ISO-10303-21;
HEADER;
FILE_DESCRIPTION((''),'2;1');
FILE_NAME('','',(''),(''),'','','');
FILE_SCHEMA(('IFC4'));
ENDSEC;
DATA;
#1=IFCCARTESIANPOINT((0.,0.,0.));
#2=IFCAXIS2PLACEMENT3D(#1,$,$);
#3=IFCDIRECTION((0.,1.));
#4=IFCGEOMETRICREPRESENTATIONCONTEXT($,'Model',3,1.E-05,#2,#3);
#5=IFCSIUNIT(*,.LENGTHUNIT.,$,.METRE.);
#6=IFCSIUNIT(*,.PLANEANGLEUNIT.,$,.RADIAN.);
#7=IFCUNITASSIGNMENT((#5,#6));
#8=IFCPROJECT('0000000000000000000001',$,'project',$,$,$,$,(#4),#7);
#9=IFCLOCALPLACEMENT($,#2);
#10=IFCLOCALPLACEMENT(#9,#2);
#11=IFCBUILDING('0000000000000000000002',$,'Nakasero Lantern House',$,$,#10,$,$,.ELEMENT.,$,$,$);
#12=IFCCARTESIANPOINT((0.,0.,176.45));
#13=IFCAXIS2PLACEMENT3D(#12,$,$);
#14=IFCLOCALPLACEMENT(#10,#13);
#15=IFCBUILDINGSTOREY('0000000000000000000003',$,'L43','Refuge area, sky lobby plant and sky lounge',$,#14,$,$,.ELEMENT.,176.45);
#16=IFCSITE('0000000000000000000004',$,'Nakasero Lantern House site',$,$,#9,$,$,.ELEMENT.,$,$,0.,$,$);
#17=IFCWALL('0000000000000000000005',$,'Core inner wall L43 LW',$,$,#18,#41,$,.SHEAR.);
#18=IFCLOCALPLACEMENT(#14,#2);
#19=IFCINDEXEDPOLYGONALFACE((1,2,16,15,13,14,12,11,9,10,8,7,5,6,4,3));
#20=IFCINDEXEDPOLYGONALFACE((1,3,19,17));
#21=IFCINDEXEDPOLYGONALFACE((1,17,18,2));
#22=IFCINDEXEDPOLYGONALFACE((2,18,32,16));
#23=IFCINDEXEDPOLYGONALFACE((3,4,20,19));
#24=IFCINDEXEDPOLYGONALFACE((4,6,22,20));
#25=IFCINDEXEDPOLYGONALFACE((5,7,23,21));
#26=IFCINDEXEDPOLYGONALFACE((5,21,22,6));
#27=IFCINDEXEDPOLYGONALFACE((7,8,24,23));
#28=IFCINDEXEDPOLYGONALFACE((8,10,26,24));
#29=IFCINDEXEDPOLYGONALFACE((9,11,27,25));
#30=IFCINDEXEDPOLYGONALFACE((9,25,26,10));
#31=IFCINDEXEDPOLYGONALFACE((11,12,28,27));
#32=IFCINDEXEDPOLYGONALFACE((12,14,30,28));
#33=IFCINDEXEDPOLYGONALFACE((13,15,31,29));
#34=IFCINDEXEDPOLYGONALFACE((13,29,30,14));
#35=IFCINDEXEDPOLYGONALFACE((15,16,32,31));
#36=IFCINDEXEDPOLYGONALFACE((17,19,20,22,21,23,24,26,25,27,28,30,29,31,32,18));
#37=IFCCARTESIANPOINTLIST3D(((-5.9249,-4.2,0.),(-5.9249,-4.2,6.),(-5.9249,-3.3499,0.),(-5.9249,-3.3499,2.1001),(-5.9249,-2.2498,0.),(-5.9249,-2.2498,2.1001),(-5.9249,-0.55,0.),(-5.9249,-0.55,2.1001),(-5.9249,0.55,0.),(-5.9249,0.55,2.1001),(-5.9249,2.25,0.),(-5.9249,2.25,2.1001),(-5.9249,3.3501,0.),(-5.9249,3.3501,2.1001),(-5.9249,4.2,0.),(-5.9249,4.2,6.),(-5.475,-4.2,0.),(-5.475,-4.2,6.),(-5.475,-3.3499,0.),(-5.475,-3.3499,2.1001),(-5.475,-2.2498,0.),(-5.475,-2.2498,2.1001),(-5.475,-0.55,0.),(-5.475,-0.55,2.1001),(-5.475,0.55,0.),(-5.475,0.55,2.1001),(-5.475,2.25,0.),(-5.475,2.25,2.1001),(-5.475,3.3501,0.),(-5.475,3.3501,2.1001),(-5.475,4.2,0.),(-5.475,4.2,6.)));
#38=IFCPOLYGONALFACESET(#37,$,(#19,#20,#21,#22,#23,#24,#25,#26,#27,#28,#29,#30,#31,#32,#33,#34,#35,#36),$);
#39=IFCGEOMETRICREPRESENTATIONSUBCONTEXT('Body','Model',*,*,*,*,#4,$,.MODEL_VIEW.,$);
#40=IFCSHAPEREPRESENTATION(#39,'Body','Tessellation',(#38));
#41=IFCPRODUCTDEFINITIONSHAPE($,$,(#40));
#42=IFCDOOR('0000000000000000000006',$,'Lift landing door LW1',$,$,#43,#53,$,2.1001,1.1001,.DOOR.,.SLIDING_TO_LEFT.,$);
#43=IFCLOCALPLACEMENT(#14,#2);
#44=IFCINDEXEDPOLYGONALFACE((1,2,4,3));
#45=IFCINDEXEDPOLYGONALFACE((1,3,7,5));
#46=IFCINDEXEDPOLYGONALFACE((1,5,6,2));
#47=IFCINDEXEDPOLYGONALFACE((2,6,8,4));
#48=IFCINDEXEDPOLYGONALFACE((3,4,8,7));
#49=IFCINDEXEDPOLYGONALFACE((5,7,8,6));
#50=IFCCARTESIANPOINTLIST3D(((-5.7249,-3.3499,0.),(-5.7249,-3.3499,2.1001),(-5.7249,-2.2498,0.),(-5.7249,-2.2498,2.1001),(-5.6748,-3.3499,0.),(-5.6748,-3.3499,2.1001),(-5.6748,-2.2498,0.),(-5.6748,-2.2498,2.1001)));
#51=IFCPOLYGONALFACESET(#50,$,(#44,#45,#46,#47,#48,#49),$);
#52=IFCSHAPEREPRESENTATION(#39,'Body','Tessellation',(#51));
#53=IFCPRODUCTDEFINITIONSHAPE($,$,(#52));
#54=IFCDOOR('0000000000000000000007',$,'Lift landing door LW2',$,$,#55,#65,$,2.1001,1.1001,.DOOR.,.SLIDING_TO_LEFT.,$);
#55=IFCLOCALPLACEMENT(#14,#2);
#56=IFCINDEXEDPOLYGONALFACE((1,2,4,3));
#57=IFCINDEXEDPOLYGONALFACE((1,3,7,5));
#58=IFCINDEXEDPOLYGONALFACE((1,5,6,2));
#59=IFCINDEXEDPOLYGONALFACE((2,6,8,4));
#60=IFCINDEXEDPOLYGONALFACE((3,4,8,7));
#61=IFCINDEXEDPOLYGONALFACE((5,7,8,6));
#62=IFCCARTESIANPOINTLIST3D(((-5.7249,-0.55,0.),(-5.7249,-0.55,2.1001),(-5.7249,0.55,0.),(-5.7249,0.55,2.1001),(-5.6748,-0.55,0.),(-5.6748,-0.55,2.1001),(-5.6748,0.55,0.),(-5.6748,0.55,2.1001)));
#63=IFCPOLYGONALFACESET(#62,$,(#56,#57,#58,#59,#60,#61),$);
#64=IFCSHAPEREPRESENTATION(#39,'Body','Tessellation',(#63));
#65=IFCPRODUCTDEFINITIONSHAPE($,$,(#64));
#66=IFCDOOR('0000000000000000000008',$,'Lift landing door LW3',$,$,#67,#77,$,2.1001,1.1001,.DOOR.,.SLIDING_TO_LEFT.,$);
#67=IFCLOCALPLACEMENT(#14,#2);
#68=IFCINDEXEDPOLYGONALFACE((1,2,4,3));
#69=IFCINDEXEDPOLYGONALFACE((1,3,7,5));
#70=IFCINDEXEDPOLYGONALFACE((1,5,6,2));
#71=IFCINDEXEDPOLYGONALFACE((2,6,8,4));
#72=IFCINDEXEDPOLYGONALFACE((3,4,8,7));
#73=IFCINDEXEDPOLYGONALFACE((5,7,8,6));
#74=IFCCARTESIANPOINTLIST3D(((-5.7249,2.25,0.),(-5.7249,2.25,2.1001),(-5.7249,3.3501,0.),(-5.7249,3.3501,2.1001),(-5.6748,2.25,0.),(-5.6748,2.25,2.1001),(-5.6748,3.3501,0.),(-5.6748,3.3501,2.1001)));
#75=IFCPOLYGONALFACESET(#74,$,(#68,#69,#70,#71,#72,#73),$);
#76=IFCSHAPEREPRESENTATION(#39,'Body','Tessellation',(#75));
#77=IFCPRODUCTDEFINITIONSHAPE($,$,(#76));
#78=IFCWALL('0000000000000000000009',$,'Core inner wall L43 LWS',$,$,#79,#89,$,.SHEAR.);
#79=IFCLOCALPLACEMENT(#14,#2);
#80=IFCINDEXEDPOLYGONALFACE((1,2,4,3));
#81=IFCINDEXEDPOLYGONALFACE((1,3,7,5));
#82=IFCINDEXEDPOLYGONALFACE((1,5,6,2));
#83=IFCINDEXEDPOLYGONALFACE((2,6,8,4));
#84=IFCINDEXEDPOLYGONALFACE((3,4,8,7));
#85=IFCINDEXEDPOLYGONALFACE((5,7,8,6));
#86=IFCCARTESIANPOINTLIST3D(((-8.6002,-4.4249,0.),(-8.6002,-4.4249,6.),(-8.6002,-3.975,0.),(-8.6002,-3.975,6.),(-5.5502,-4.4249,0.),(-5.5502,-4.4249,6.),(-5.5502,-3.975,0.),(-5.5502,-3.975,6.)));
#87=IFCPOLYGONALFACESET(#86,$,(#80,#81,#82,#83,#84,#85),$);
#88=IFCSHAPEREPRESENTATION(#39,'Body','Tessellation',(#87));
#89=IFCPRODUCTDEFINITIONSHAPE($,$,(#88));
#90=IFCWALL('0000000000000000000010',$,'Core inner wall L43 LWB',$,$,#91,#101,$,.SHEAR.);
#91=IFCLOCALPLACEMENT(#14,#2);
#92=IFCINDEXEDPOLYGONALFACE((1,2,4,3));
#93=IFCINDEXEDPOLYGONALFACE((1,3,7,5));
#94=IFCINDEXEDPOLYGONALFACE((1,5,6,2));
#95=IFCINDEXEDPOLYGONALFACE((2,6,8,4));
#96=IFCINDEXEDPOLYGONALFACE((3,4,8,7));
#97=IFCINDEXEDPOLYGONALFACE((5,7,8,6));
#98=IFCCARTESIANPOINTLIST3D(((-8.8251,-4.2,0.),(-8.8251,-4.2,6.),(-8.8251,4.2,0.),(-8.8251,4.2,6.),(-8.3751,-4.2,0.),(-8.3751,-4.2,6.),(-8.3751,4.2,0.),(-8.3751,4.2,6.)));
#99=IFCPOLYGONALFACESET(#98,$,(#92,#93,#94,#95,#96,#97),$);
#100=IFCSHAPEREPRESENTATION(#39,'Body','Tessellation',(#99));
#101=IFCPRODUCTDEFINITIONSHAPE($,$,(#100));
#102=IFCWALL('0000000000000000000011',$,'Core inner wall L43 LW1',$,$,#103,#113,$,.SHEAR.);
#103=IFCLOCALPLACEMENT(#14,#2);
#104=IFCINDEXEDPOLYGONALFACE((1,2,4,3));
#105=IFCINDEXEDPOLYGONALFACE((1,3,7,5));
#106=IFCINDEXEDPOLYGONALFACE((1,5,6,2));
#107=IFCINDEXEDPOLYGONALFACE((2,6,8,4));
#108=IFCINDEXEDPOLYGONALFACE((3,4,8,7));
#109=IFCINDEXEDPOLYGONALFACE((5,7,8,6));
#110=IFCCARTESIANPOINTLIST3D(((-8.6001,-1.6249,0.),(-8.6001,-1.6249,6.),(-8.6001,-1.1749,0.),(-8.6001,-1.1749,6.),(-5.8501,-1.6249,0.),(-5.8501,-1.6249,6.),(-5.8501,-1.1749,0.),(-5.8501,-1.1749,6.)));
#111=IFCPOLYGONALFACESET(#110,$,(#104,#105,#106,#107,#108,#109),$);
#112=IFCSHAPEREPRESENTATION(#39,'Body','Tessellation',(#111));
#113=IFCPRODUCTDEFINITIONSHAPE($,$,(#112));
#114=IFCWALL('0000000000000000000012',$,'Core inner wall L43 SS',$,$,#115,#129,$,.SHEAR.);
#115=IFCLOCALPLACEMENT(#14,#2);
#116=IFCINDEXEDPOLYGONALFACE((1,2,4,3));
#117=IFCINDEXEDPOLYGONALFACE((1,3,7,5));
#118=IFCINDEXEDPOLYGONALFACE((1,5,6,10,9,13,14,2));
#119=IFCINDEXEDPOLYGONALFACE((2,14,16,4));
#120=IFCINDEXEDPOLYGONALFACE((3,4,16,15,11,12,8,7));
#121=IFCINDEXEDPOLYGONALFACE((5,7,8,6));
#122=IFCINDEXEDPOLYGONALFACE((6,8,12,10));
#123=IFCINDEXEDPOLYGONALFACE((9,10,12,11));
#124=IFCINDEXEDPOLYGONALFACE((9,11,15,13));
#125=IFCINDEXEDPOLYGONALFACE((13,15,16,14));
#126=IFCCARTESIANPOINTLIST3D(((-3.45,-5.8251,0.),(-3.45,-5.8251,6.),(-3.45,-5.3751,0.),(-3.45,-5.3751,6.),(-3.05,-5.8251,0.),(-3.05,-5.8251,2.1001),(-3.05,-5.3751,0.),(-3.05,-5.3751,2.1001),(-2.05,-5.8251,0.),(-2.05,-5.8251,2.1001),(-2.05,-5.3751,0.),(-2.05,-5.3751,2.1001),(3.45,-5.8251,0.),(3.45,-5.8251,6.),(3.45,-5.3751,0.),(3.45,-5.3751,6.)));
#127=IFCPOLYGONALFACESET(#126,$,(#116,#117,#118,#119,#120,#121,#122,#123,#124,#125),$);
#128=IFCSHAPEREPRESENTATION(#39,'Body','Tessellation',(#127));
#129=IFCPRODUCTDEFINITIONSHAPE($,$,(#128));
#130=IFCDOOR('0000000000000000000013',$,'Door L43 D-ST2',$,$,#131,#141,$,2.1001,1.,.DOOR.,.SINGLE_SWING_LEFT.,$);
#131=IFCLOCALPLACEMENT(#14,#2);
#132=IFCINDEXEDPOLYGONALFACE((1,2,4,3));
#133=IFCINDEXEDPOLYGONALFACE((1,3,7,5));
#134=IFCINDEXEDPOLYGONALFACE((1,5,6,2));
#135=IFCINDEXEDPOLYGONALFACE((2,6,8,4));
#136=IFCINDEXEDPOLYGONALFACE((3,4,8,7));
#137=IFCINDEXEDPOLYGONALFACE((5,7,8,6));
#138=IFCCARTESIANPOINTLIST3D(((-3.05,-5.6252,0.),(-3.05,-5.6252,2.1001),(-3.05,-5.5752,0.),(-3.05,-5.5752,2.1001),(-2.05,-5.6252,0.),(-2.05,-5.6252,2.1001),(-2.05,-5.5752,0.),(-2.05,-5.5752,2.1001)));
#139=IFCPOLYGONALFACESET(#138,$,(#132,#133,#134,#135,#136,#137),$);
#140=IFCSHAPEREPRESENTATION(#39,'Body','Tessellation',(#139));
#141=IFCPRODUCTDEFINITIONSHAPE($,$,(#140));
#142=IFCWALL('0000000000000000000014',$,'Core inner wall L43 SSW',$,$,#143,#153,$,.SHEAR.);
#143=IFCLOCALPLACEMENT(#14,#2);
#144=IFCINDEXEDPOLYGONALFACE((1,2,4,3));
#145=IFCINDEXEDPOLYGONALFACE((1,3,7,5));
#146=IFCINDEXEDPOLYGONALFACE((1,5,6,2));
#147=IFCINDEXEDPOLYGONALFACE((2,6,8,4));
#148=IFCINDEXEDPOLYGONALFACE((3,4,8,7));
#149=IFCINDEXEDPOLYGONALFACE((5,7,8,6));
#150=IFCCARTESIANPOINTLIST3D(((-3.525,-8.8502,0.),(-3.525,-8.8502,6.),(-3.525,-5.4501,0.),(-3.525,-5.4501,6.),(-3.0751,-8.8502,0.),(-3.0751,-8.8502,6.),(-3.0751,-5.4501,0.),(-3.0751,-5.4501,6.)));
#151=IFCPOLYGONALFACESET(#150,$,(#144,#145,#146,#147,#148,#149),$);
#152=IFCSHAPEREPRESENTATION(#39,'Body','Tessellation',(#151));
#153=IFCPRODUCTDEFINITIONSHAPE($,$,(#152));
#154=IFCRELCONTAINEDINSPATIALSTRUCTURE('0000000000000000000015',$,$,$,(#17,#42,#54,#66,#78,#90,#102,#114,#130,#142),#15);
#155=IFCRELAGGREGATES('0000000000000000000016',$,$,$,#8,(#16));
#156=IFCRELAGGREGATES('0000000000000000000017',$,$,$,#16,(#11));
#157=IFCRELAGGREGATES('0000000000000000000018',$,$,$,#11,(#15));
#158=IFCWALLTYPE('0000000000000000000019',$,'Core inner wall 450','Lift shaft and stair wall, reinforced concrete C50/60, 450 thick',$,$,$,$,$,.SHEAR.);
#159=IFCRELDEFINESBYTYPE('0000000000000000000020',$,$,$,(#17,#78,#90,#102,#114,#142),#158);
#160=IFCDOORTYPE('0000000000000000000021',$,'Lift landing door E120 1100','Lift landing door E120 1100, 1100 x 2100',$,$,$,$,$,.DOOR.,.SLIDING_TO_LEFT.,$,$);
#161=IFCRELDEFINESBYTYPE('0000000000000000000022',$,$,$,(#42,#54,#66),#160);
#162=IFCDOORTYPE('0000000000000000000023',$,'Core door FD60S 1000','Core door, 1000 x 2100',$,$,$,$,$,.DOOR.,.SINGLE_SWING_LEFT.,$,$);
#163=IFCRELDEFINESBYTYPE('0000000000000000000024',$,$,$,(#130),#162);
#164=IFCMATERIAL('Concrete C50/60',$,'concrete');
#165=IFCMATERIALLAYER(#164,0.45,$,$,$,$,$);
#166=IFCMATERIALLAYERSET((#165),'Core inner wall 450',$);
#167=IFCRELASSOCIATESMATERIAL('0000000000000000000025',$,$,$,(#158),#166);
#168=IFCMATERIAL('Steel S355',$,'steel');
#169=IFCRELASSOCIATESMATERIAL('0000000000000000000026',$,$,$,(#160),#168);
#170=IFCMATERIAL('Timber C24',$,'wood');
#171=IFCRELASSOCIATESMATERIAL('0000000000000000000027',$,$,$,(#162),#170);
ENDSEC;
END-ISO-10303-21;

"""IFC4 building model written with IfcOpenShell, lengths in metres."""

from ifc_helpers import new_model, si_unit, direction, frame, frame_2d, origin, place, context, subcontext, project, spatial, rectangle, extrude, material, layer, layer_set, type_object, element, fill, save


model = new_model("IFC4")

# Units and contexts
model_context = context("Model", 3, precision=1e-05, world=origin(), true_north=direction((0.0, 1.0)))
body_context = subcontext(model_context, "Body", "Model", "MODEL_VIEW")
ifc_project = project(units=[si_unit("LENGTHUNIT", "METRE"), si_unit("PLANEANGLEUNIT", "RADIAN")], contexts=[model_context])

# Site, building, storey
site_placement = place(None, origin())
site = spatial("IfcSite", under=ifc_project, at=site_placement, Name="Nakasero Lantern House site", CompositionType="ELEMENT", RefElevation=0.0)
building_placement = place(site_placement, origin())
building = spatial("IfcBuilding", under=site, at=building_placement, Name="Nakasero Lantern House", CompositionType="ELEMENT")
storey_placement = place(building_placement, frame((0.0, 0.0, 176.45)))
storey = spatial("IfcBuildingStorey", under=building, at=storey_placement, Name="L43", Description="Refuge area, sky lobby plant and sky lounge", CompositionType="ELEMENT", Elevation=176.45)

# Wall, openings, doors
ifc_material_1 = material(Name="Concrete C50/60", Category="concrete")
ifc_layer_1 = layer(ifc_material_1, 0.45)
ifc_layer_set_1 = layer_set([ifc_layer_1], Name="Core inner wall 450")
wall_type_1 = type_object("IfcWallType", Name="Core inner wall 450", Description="Lift shaft and stair wall, reinforced concrete C50/60, 450 thick", PredefinedType="SHEAR", material=ifc_layer_set_1)
wall_1_placement = place(storey_placement, frame((-5.7, -4.2, 0.0), z_axis=(0.0, 0.0, 1.0), x_axis=(0.0, 1.0, 0.0)))
wall_1 = element("IfcWall", 1, at=wall_1_placement, inside=storey, type_object=wall_type_1, Name="Core inner wall L43 LW", PredefinedType="SHEAR", context=body_context, shape_type="SweptSolid", body=[
    extrude(rectangle(XDim=8.3999, YDim=0.45, at=frame_2d((4.2, 0.0))), origin(), (0.0, 0.0, 1.0), 6.0),
])
opening_1_placement = place(wall_1_placement, frame((0.8501, 0.0, 0.0)))
opening_1 = element("IfcOpeningElement", 2, at=opening_1_placement, cuts=wall_1, PredefinedType="OPENING", context=body_context, shape_type="SweptSolid", body=[
    extrude(rectangle(XDim=1.1001, YDim=2.1001, at=frame_2d((0.55, 1.05))), frame((0.0, 0.2449, 0.0), z_axis=(0.0, -1.0, 0.0), x_axis=(1.0, 0.0, 0.0)), (0.0, 0.0, 1.0), 0.49),
])
opening_2_placement = place(wall_1_placement, frame((3.6499, 0.0, 0.0)))
opening_2 = element("IfcOpeningElement", 3, at=opening_2_placement, cuts=wall_1, PredefinedType="OPENING", context=body_context, shape_type="SweptSolid", body=[
    extrude(rectangle(XDim=1.1001, YDim=2.1001, at=frame_2d((0.55, 1.05))), frame((0.0, 0.2449, 0.0), z_axis=(0.0, -1.0, 0.0), x_axis=(1.0, 0.0, 0.0)), (0.0, 0.0, 1.0), 0.49),
])
opening_3_placement = place(wall_1_placement, frame((6.45, 0.0, 0.0)))
opening_3 = element("IfcOpeningElement", 4, at=opening_3_placement, cuts=wall_1, PredefinedType="OPENING", context=body_context, shape_type="SweptSolid", body=[
    extrude(rectangle(XDim=1.1001, YDim=2.1001, at=frame_2d((0.55, 1.05))), frame((0.0, 0.2449, 0.0), z_axis=(0.0, -1.0, 0.0), x_axis=(1.0, 0.0, 0.0)), (0.0, 0.0, 1.0), 0.49),
])
ifc_material_2 = material(Name="Steel S355", Category="steel")
door_type_1 = type_object("IfcDoorType", Name="Lift landing door E120 1100", Description="Lift landing door E120 1100, 1100 x 2100", OperationType="SLIDING_TO_LEFT", PredefinedType="DOOR", material=ifc_material_2)
door_1_placement = place(opening_1_placement, origin())
door_1 = element("IfcDoor", 5, at=door_1_placement, inside=storey, type_object=door_type_1, Name="Lift landing door LW1", OperationType="SLIDING_TO_LEFT", OverallHeight=2.1001, OverallWidth=1.1001, PredefinedType="DOOR", context=body_context, shape_type="SweptSolid", body=[
    extrude(rectangle(XDim=1.1001, YDim=2.1001, at=frame_2d((0.55, 1.05))), frame((0.0, 0.0249, 0.0), z_axis=(0.0, -1.0, 0.0), x_axis=(1.0, 0.0, 0.0)), (0.0, 0.0, 1.0), 0.05),
])
fill(opening_1, door_1)
door_2_placement = place(opening_2_placement, origin())
door_2 = element("IfcDoor", 6, at=door_2_placement, inside=storey, type_object=door_type_1, Name="Lift landing door LW2", OperationType="SLIDING_TO_LEFT", OverallHeight=2.1001, OverallWidth=1.1001, PredefinedType="DOOR", context=body_context, shape_type="SweptSolid", body=[
    extrude(rectangle(XDim=1.1001, YDim=2.1001, at=frame_2d((0.55, 1.05))), frame((0.0, 0.0249, 0.0), z_axis=(0.0, -1.0, 0.0), x_axis=(1.0, 0.0, 0.0)), (0.0, 0.0, 1.0), 0.05),
])
fill(opening_2, door_2)
door_3_placement = place(opening_3_placement, origin())
door_3 = element("IfcDoor", 7, at=door_3_placement, inside=storey, type_object=door_type_1, Name="Lift landing door LW3", OperationType="SLIDING_TO_LEFT", OverallHeight=2.1001, OverallWidth=1.1001, PredefinedType="DOOR", context=body_context, shape_type="SweptSolid", body=[
    extrude(rectangle(XDim=1.1001, YDim=2.1001, at=frame_2d((0.55, 1.05))), frame((0.0, 0.0249, 0.0), z_axis=(0.0, -1.0, 0.0), x_axis=(1.0, 0.0, 0.0)), (0.0, 0.0, 1.0), 0.05),
])
fill(opening_3, door_3)

# Walls
wall_2_placement = place(storey_placement, frame((-8.6001, -4.2, 0.0), z_axis=(0.0, 0.0, 1.0), x_axis=(1.0, 0.0, 0.0)))
element("IfcWall", 8, at=wall_2_placement, inside=storey, type_object=wall_type_1, Name="Core inner wall L43 LWS", PredefinedType="SHEAR", context=body_context, shape_type="SweptSolid", body=[
    extrude(rectangle(XDim=3.05, YDim=0.45, at=frame_2d((1.5249, 0.0))), origin(), (0.0, 0.0, 1.0), 6.0),
])
wall_3_placement = place(storey_placement, frame((-8.6001, -4.2, 0.0), z_axis=(0.0, 0.0, 1.0), x_axis=(0.0, 1.0, 0.0)))
element("IfcWall", 9, at=wall_3_placement, inside=storey, type_object=wall_type_1, Name="Core inner wall L43 LWB", PredefinedType="SHEAR", context=body_context, shape_type="SweptSolid", body=[
    extrude(rectangle(XDim=8.3999, YDim=0.45, at=frame_2d((4.2, 0.0))), origin(), (0.0, 0.0, 1.0), 6.0),
])
wall_4_placement = place(storey_placement, frame((-8.6001, -1.3999, 0.0), z_axis=(0.0, 0.0, 1.0), x_axis=(1.0, 0.0, 0.0)))
element("IfcWall", 10, at=wall_4_placement, inside=storey, type_object=wall_type_1, Name="Core inner wall L43 LW1", PredefinedType="SHEAR", context=body_context, shape_type="SweptSolid", body=[
    extrude(rectangle(XDim=2.75, YDim=0.45, at=frame_2d((1.375, 0.0))), origin(), (0.0, 0.0, 1.0), 6.0),
])

# Wall, opening, door
wall_5_placement = place(storey_placement, frame((-3.45, -5.6001, 0.0), z_axis=(0.0, 0.0, 1.0), x_axis=(1.0, 0.0, 0.0)))
wall_5 = element("IfcWall", 11, at=wall_5_placement, inside=storey, type_object=wall_type_1, Name="Core inner wall L43 SS", PredefinedType="SHEAR", context=body_context, shape_type="SweptSolid", body=[
    extrude(rectangle(XDim=6.8999, YDim=0.45, at=frame_2d((3.45, 0.0))), origin(), (0.0, 0.0, 1.0), 6.0),
])
opening_4_placement = place(wall_5_placement, frame((0.3999, 0.0, 0.0)))
opening_4 = element("IfcOpeningElement", 12, at=opening_4_placement, cuts=wall_5, PredefinedType="OPENING", context=body_context, shape_type="SweptSolid", body=[
    extrude(rectangle(XDim=1.0, YDim=2.1001, at=frame_2d((0.5, 1.05))), frame((0.0, 0.2449, 0.0), z_axis=(0.0, -1.0, 0.0), x_axis=(1.0, 0.0, 0.0)), (0.0, 0.0, 1.0), 0.49),
])
ifc_material_3 = material(Name="Timber C24", Category="wood")
door_type_2 = type_object("IfcDoorType", Name="Core door FD60S 1000", Description="Core door, 1000 x 2100", OperationType="SINGLE_SWING_LEFT", PredefinedType="DOOR", material=ifc_material_3)
door_4_placement = place(opening_4_placement, origin())
door_4 = element("IfcDoor", 13, at=door_4_placement, inside=storey, type_object=door_type_2, Name="Door L43 D-ST2", OperationType="SINGLE_SWING_LEFT", OverallHeight=2.1001, OverallWidth=1.0, PredefinedType="DOOR", context=body_context, shape_type="SweptSolid", body=[
    extrude(rectangle(XDim=1.0, YDim=2.1001, at=frame_2d((0.5, 1.05))), frame((0.0, 0.0249, 0.0), z_axis=(0.0, -1.0, 0.0), x_axis=(1.0, 0.0, 0.0)), (0.0, 0.0, 1.0), 0.05),
])
fill(opening_4, door_4)

# Wall
wall_6_placement = place(storey_placement, frame((-3.3, -5.45, 0.0), z_axis=(0.0, 0.0, 1.0), x_axis=(0.0, -1.0, 0.0)))
element("IfcWall", 14, at=wall_6_placement, inside=storey, type_object=wall_type_1, Name="Core inner wall L43 SSW", PredefinedType="SHEAR", context=body_context, shape_type="SweptSolid", body=[
    extrude(rectangle(XDim=3.4001, YDim=0.45, at=frame_2d((1.7002, 0.0))), origin(), (0.0, 0.0, 1.0), 6.0),
])

save(model, "model.ifc")
